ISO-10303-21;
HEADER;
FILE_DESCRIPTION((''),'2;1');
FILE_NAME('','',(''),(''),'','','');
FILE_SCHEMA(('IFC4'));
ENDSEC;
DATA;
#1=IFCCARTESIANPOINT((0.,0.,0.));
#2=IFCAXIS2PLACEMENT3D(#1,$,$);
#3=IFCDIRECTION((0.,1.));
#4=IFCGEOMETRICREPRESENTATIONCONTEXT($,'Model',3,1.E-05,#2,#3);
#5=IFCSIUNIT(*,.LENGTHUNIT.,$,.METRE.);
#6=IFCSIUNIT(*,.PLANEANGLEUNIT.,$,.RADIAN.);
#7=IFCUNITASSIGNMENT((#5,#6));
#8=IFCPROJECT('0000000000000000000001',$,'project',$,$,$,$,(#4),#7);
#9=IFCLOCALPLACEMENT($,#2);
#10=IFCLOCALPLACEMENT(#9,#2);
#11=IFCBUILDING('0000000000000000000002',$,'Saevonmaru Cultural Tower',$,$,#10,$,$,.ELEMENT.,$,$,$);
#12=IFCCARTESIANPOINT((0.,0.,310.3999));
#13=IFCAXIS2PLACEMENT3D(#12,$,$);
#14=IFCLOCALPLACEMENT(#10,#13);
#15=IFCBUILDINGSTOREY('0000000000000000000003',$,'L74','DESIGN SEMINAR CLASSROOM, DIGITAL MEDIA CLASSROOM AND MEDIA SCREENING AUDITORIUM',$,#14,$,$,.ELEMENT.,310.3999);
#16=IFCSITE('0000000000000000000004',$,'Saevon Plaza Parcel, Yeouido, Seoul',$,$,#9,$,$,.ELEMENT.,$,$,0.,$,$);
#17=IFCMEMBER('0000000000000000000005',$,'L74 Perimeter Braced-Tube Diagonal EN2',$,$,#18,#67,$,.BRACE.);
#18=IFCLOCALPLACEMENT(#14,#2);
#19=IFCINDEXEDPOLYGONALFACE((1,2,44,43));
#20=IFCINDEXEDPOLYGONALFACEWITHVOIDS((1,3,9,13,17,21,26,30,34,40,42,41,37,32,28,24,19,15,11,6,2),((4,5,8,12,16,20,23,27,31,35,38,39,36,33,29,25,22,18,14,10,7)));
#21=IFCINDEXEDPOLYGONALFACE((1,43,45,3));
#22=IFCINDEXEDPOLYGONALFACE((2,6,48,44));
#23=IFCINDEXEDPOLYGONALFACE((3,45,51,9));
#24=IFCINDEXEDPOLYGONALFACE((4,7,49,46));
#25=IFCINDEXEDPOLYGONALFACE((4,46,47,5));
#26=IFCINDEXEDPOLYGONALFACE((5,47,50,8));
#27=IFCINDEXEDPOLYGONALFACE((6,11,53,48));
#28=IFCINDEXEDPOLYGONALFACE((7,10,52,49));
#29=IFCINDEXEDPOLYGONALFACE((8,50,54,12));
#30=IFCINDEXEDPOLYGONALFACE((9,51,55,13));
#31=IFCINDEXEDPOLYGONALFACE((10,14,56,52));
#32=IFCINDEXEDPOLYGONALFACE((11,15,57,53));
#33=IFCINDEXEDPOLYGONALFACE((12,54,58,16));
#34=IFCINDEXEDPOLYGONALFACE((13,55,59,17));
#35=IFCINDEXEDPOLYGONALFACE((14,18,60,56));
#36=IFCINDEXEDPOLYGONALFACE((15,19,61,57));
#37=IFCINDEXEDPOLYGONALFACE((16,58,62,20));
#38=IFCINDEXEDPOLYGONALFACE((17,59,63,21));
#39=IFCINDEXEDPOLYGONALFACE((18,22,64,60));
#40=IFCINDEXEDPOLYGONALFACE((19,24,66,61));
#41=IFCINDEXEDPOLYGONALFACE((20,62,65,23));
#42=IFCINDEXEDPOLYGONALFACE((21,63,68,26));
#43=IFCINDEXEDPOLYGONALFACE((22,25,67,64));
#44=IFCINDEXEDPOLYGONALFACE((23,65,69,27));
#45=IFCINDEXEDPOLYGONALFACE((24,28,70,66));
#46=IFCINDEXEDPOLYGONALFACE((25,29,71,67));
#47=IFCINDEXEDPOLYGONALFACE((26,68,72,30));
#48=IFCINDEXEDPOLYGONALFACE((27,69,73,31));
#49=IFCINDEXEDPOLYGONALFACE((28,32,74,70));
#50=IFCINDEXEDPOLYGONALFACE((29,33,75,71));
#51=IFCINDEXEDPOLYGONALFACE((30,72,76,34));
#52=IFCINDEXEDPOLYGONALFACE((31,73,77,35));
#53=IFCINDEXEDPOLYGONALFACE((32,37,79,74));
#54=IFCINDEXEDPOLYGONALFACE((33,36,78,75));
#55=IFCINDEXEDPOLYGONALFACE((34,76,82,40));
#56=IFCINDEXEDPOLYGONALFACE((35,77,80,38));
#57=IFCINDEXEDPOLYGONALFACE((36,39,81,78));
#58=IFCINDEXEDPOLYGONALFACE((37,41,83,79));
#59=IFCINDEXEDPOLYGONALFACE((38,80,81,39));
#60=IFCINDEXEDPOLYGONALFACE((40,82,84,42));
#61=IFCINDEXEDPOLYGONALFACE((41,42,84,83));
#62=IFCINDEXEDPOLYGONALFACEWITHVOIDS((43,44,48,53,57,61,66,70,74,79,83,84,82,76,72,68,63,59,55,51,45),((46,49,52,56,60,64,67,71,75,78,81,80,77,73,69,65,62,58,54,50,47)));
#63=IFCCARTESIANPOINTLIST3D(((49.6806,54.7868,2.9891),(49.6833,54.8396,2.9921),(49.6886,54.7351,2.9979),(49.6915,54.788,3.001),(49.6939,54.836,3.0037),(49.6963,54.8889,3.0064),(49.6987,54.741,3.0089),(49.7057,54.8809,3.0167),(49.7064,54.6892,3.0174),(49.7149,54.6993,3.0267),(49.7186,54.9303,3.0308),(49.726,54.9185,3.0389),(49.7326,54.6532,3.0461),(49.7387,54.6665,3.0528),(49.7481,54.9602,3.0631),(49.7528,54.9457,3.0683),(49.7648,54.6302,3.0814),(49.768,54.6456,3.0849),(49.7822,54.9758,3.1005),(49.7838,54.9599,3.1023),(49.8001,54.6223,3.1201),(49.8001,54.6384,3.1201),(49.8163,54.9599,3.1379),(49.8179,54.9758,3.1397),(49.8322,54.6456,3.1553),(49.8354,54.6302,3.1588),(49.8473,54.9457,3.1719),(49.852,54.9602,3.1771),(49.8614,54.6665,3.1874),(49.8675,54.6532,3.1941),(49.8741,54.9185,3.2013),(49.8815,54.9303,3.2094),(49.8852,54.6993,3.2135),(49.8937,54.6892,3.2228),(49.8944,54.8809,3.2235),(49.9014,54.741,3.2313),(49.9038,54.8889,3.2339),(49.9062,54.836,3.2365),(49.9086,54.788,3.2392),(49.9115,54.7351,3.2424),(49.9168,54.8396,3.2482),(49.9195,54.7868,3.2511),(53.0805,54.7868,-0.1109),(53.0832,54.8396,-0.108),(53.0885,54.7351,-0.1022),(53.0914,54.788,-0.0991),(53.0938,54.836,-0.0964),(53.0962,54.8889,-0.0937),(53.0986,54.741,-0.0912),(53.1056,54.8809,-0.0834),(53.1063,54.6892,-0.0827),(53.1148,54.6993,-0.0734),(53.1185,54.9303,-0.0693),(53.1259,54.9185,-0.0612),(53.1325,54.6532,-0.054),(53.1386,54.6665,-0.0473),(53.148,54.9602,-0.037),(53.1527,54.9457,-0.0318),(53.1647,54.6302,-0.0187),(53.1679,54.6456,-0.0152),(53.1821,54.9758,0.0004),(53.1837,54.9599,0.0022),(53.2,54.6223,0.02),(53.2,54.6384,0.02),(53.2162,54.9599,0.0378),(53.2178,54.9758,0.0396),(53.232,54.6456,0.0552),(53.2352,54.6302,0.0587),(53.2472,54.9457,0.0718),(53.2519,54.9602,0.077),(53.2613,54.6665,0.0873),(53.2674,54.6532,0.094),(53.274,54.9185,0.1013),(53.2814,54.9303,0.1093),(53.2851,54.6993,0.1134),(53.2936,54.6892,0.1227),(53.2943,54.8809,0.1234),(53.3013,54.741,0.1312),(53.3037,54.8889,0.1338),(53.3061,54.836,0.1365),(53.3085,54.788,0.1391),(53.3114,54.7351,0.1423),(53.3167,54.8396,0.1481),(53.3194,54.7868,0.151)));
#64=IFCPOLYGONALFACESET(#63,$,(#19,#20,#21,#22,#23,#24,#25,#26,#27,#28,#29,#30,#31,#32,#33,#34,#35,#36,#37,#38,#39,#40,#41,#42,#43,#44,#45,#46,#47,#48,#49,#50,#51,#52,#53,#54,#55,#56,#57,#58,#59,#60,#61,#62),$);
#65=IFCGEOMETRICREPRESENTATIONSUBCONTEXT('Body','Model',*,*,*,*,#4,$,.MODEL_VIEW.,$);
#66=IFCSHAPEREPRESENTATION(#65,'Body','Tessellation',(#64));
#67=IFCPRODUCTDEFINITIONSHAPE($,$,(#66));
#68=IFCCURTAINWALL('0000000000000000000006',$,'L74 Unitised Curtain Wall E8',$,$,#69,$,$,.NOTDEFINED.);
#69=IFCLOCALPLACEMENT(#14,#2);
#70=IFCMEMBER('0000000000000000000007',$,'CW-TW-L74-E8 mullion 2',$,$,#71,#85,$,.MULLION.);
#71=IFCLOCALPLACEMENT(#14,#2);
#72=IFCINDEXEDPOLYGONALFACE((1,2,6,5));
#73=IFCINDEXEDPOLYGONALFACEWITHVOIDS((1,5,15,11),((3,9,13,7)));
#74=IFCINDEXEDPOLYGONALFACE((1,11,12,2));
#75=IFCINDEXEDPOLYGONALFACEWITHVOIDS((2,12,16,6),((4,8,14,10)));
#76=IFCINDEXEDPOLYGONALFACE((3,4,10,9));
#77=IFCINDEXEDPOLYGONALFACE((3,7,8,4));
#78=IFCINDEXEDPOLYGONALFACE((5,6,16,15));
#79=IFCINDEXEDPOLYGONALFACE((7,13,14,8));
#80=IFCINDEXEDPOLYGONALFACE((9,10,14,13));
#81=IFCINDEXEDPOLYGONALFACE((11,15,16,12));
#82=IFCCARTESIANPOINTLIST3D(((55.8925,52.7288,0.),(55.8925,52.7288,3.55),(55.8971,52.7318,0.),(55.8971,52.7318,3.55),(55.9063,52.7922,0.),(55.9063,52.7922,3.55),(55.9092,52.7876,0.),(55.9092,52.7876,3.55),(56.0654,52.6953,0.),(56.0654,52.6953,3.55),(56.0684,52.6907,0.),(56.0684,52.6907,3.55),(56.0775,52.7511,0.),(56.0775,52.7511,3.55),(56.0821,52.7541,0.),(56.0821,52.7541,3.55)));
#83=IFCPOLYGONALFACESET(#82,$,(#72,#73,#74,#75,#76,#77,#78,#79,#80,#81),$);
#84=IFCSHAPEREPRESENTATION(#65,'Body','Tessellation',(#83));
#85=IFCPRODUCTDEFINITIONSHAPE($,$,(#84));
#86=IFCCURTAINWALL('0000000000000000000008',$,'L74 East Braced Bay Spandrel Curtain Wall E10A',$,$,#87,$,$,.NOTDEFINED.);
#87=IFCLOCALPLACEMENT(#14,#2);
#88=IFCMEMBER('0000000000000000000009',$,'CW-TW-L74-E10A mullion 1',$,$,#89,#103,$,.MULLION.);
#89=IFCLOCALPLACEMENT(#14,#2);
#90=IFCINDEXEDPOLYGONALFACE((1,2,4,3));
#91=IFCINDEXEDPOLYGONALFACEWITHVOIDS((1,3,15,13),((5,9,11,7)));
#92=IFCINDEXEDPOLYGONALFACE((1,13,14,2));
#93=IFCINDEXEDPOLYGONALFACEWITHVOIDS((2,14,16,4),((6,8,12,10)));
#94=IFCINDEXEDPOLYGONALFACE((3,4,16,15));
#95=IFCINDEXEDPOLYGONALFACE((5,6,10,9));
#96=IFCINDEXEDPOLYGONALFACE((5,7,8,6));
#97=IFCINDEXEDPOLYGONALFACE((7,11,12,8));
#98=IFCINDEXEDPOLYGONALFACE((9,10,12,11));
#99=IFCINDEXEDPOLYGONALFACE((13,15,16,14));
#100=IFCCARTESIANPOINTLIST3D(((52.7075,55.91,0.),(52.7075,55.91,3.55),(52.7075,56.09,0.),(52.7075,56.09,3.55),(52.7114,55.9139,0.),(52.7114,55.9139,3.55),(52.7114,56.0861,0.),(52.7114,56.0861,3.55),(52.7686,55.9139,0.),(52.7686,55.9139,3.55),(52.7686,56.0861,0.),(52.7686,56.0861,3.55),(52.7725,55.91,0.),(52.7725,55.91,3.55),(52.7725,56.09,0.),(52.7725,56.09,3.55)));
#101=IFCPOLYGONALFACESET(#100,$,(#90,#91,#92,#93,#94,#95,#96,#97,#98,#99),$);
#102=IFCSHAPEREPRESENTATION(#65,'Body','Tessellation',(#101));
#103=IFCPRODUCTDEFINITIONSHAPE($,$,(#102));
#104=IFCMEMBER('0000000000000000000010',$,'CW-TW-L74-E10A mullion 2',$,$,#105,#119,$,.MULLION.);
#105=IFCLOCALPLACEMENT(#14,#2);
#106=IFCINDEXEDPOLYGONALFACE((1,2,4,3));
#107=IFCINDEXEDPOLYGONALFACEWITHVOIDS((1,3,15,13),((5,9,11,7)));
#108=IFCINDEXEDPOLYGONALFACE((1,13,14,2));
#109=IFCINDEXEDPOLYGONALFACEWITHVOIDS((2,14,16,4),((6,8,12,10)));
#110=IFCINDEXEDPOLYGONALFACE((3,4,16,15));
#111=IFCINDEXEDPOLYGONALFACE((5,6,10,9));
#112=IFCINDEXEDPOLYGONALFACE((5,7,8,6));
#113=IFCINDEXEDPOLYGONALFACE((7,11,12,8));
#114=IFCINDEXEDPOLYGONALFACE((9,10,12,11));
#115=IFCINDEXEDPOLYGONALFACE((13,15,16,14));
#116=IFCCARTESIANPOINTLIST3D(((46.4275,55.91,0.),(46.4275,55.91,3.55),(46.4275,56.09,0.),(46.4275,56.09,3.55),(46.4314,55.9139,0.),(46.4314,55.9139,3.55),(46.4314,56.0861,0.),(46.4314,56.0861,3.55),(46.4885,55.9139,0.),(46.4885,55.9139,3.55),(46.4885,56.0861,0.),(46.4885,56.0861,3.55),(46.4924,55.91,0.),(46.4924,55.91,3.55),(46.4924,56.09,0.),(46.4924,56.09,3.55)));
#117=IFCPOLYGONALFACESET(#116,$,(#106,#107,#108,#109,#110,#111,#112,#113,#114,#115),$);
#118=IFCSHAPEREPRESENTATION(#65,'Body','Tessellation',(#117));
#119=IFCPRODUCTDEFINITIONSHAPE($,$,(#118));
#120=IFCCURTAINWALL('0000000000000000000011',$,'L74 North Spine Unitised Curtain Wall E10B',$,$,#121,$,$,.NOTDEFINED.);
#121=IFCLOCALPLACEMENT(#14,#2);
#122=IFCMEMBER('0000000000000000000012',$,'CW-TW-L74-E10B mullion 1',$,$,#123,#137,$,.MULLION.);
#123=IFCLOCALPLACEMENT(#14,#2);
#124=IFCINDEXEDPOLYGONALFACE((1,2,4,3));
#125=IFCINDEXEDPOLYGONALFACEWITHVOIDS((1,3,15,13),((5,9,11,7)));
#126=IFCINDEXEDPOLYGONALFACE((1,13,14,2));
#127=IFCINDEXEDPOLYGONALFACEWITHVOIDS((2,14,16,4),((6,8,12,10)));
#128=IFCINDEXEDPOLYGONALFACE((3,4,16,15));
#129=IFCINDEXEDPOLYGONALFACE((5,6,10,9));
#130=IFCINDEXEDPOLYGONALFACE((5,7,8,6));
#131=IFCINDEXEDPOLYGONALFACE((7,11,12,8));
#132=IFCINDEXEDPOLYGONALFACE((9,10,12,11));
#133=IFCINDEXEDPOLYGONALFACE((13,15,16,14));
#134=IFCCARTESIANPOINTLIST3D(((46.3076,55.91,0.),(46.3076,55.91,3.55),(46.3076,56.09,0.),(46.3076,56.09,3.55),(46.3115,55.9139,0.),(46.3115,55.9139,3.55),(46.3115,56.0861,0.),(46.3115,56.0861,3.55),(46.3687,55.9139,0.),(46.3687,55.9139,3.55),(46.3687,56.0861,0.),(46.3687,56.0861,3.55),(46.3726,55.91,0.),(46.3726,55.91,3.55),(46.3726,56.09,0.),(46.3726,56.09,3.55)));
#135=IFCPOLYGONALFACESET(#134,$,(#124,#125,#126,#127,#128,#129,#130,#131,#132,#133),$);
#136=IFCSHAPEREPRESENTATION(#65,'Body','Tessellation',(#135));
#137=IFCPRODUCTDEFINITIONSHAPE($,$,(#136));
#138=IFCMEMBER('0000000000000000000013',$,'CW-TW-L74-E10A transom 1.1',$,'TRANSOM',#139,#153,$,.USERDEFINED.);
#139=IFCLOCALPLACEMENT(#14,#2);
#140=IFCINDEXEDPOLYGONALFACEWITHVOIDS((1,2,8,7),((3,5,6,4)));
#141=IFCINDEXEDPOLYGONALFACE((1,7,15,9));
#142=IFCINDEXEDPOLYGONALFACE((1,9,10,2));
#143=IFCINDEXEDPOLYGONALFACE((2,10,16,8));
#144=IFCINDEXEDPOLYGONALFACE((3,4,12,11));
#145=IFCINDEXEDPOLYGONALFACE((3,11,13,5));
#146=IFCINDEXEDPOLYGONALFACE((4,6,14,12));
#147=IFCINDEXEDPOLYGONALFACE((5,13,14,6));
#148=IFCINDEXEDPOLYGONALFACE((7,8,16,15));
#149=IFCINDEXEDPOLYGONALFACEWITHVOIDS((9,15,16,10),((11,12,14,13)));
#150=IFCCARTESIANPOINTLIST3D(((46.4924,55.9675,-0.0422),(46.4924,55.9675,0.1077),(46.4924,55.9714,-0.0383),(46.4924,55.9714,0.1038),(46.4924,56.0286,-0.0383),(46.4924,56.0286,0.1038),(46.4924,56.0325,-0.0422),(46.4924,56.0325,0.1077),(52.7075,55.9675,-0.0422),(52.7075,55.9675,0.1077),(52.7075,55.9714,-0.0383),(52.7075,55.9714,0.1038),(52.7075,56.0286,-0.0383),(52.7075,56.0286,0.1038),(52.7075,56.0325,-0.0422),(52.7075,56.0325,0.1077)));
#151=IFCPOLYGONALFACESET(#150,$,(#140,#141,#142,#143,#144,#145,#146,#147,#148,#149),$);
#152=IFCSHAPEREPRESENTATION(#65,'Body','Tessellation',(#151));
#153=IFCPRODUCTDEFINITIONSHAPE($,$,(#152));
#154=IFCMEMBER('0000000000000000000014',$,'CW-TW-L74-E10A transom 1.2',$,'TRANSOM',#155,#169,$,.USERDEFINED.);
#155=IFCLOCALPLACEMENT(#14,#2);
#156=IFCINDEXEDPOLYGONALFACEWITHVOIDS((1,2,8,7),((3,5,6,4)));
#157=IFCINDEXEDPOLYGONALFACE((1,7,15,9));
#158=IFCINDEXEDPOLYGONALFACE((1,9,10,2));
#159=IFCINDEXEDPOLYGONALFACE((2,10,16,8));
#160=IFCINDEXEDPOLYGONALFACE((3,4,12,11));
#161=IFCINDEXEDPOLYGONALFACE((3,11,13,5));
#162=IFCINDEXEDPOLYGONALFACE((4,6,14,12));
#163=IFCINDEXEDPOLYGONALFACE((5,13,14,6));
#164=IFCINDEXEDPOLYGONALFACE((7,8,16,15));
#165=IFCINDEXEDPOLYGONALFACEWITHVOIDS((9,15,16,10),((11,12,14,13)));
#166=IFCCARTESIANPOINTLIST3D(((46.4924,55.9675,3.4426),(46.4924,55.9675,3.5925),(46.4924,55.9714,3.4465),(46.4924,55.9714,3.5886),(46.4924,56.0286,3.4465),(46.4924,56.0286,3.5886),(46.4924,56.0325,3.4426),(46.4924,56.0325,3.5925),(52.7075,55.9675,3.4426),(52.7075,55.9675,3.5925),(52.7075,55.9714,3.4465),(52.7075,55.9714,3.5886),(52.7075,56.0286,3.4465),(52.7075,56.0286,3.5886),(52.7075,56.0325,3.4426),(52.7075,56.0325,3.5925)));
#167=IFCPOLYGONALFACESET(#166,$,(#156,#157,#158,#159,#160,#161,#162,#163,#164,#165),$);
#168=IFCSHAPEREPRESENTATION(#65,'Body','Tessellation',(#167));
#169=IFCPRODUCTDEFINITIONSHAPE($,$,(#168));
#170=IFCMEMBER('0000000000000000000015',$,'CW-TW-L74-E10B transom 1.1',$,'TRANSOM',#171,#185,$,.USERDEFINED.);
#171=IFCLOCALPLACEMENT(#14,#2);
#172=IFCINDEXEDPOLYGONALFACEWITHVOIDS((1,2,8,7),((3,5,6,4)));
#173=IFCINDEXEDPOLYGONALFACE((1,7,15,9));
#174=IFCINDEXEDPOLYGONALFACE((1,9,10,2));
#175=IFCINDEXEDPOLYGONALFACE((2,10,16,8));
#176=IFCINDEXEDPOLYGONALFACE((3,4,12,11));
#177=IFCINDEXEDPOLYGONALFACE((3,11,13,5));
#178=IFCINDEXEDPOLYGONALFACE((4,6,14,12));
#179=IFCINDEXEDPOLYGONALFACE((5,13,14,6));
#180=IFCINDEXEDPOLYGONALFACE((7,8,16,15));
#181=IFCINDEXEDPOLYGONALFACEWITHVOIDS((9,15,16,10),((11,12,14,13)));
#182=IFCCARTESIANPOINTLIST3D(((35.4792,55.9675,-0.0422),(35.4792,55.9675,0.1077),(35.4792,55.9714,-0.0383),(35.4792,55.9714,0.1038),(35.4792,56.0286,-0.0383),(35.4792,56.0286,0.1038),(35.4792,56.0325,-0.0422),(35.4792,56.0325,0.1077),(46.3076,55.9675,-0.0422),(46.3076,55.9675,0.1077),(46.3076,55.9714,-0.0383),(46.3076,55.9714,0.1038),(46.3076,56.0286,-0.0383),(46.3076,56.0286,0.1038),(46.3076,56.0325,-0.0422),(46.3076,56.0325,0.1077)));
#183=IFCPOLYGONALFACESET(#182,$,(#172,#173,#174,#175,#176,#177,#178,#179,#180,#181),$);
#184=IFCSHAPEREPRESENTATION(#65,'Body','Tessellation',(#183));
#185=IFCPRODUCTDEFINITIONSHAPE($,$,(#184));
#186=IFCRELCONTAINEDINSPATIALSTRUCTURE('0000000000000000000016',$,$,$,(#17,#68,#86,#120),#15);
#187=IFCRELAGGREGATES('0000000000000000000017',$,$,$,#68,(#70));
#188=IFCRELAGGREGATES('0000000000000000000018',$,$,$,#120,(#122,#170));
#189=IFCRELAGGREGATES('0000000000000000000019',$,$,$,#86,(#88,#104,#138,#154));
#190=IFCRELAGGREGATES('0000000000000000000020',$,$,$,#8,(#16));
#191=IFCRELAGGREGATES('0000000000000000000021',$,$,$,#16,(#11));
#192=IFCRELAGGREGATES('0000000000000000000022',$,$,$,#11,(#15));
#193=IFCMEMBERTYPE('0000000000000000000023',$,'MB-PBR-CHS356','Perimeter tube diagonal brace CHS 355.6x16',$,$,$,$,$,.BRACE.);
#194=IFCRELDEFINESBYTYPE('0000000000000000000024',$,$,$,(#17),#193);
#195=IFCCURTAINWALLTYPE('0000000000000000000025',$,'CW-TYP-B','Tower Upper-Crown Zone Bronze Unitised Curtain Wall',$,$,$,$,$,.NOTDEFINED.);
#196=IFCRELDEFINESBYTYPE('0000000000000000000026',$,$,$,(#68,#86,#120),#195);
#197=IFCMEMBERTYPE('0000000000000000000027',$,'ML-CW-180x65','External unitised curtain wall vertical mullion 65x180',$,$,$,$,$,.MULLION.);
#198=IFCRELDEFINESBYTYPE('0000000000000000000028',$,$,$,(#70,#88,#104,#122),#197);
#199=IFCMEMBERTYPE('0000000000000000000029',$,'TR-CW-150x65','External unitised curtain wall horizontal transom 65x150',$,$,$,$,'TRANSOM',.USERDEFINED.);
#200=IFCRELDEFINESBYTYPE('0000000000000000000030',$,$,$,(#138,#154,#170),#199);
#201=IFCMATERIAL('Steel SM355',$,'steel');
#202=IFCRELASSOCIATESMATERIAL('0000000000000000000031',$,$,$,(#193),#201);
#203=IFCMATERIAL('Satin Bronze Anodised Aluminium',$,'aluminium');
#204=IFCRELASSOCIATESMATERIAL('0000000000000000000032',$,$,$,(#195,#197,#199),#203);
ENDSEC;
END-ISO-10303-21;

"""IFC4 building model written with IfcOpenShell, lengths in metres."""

from ifc_helpers import new_model, si_unit, direction, frame, origin, origin_2d, place, context, subcontext, project, spatial, hollow_rectangle, hollow_circle, extrude, material, material_profile, profile_set, type_object, element, aggregate, save


model = new_model("IFC4")

# Units and contexts
model_context = context("Model", 3, precision=1e-05, world=origin(), true_north=direction((0.0, 1.0)))
body_context = subcontext(model_context, "Body", "Model", "MODEL_VIEW")
ifc_project = project(units=[si_unit("LENGTHUNIT", "METRE"), si_unit("PLANEANGLEUNIT", "RADIAN")], contexts=[model_context])

# Site, building, storey
site_placement = place(None, origin())
site = spatial("IfcSite", under=ifc_project, at=site_placement, Name="Saevon Plaza Parcel, Yeouido, Seoul", CompositionType="ELEMENT", RefElevation=0.0)
building_placement = place(site_placement, origin())
building = spatial("IfcBuilding", under=site, at=building_placement, Name="Saevonmaru Cultural Tower", CompositionType="ELEMENT")
storey_placement = place(building_placement, frame((0.0, 0.0, 310.3999)))
storey = spatial("IfcBuildingStorey", under=building, at=storey_placement, Name="L74", Description="DESIGN SEMINAR CLASSROOM, DIGITAL MEDIA CLASSROOM AND MEDIA SCREENING AUDITORIUM", CompositionType="ELEMENT", Elevation=310.3999)

# Shared definitions
ifc_material_1 = material(Name="Steel SM355", Category="steel")

# Member
ifc_material_profile_1 = material_profile(ifc_material_1, hollow_circle(Radius=0.1777, WallThickness=0.0161, at=origin_2d()), Name="CHS-355.6x16")
ifc_profile_set_1 = profile_set([ifc_material_profile_1], Name="Steel SM355")
member_type_1 = type_object("IfcMemberType", Name="MB-PBR-CHS356", Description="Perimeter tube diagonal brace CHS 355.6x16", PredefinedType="BRACE", material=ifc_profile_set_1)
member_1_placement = place(storey_placement, frame((53.2, 54.8, 0.02), z_axis=(-0.738936, 0.0, 0.673776), x_axis=(0.0, -1.0, 0.0)))
element("IfcMember", 1, at=member_1_placement, inside=storey, type_object=member_type_1, Name="L74 Perimeter Braced-Tube Diagonal EN2", PredefinedType="BRACE", context=body_context, shape_type="SweptSolid", body=[
    extrude(hollow_circle(Radius=0.1777, WallThickness=0.0161, at=origin_2d()), origin(), (0.0, 0.0, 1.0), 4.6011),
])

# Curtain wall, member
ifc_material_2 = material(Name="Satin Bronze Anodised Aluminium", Category="aluminium")
curtain_wall_type = type_object("IfcCurtainWallType", Name="CW-TYP-B", Description="Tower Upper-Crown Zone Bronze Unitised Curtain Wall", PredefinedType="NOTDEFINED", material=ifc_material_2)
curtain_wall_1_placement = place(storey_placement, origin())
curtain_wall_1 = element("IfcCurtainWall", 2, at=curtain_wall_1_placement, inside=storey, type_object=curtain_wall_type, Name="L74 Unitised Curtain Wall E8", PredefinedType="NOTDEFINED")
ifc_material_profile_2 = material_profile(ifc_material_2, hollow_rectangle(XDim=0.0649, YDim=0.1799, WallThickness=0.0039, at=origin_2d()), Name="ALU-MULL-180x65x4")
ifc_profile_set_2 = profile_set([ifc_material_profile_2], Name="Satin Bronze Anodised Aluminium")
member_type_2 = type_object("IfcMemberType", Name="ML-CW-180x65", Description="External unitised curtain wall vertical mullion 65x180", PredefinedType="MULLION", material=ifc_profile_set_2)
member_2_placement = place(storey_placement, frame((55.9873, 52.7415, 0.0), z_axis=(0.0, 0.0, 1.0), x_axis=(0.21175, 0.977324, 0.0)))
member_2 = element("IfcMember", 3, at=member_2_placement, type_object=member_type_2, Name="CW-TW-L74-E8 mullion 2", PredefinedType="MULLION", context=body_context, shape_type="SweptSolid", body=[
    extrude(hollow_rectangle(XDim=0.0649, YDim=0.1799, WallThickness=0.0039, at=origin_2d()), origin(), (0.0, 0.0, 1.0), 3.55),
])
aggregate(curtain_wall_1, [member_2])

# Curtain wall, members
curtain_wall_2_placement = place(storey_placement, origin())
curtain_wall_2 = element("IfcCurtainWall", 4, at=curtain_wall_2_placement, inside=storey, type_object=curtain_wall_type, Name="L74 East Braced Bay Spandrel Curtain Wall E10A", PredefinedType="NOTDEFINED")
member_3_placement = place(storey_placement, frame((52.74, 56.0, 0.0), z_axis=(0.0, 0.0, 1.0), x_axis=(-1.0, 0.0, 0.0)))
member_3 = element("IfcMember", 5, at=member_3_placement, type_object=member_type_2, Name="CW-TW-L74-E10A mullion 1", PredefinedType="MULLION", context=body_context, shape_type="SweptSolid", body=[
    extrude(hollow_rectangle(XDim=0.0649, YDim=0.1799, WallThickness=0.0039, at=origin_2d()), origin(), (0.0, 0.0, 1.0), 3.55),
])
member_4_placement = place(storey_placement, frame((46.46, 56.0, 0.0), z_axis=(0.0, 0.0, 1.0), x_axis=(-1.0, 0.0, 0.0)))
member_4 = element("IfcMember", 6, at=member_4_placement, type_object=member_type_2, Name="CW-TW-L74-E10A mullion 2", PredefinedType="MULLION", context=body_context, shape_type="SweptSolid", body=[
    extrude(hollow_rectangle(XDim=0.0649, YDim=0.1799, WallThickness=0.0039, at=origin_2d()), origin(), (0.0, 0.0, 1.0), 3.55),
])

# Curtain wall, member
curtain_wall_3_placement = place(storey_placement, origin())
curtain_wall_3 = element("IfcCurtainWall", 7, at=curtain_wall_3_placement, inside=storey, type_object=curtain_wall_type, Name="L74 North Spine Unitised Curtain Wall E10B", PredefinedType="NOTDEFINED")
member_5_placement = place(storey_placement, frame((46.3401, 56.0, 0.0), z_axis=(0.0, 0.0, 1.0), x_axis=(-1.0, 0.0, 0.0)))
member_5 = element("IfcMember", 8, at=member_5_placement, type_object=member_type_2, Name="CW-TW-L74-E10B mullion 1", PredefinedType="MULLION", context=body_context, shape_type="SweptSolid", body=[
    extrude(hollow_rectangle(XDim=0.0649, YDim=0.1799, WallThickness=0.0039, at=origin_2d()), origin(), (0.0, 0.0, 1.0), 3.55),
])

# Members
ifc_material_profile_3 = material_profile(ifc_material_2, hollow_rectangle(XDim=0.0649, YDim=0.1499, WallThickness=0.0039, at=origin_2d()), Name="ALU-TRAN-150x65x4")
ifc_profile_set_3 = profile_set([ifc_material_profile_3], Name="Satin Bronze Anodised Aluminium")
member_type_3 = type_object("IfcMemberType", Name="TR-CW-150x65", Description="External unitised curtain wall horizontal transom 65x150", ElementType="TRANSOM", PredefinedType="USERDEFINED", material=ifc_profile_set_3)
member_6_placement = place(storey_placement, frame((52.7075, 56.0, 0.0327), z_axis=(-1.0, 0.0, 0.0), x_axis=(0.0, -1.0, 0.0)))
member_6 = element("IfcMember", 9, at=member_6_placement, type_object=member_type_3, Name="CW-TW-L74-E10A transom 1.1", ObjectType="TRANSOM", PredefinedType="USERDEFINED", context=body_context, shape_type="SweptSolid", body=[
    extrude(hollow_rectangle(XDim=0.0649, YDim=0.1499, WallThickness=0.0039, at=origin_2d()), origin(), (0.0, 0.0, 1.0), 6.2151),
])
member_7_placement = place(storey_placement, frame((52.7075, 56.0, 3.5176), z_axis=(-1.0, 0.0, 0.0), x_axis=(0.0, -1.0, 0.0)))
member_7 = element("IfcMember", 10, at=member_7_placement, type_object=member_type_3, Name="CW-TW-L74-E10A transom 1.2", ObjectType="TRANSOM", PredefinedType="USERDEFINED", context=body_context, shape_type="SweptSolid", body=[
    extrude(hollow_rectangle(XDim=0.0649, YDim=0.1499, WallThickness=0.0039, at=origin_2d()), origin(), (0.0, 0.0, 1.0), 6.2151),
])
member_8_placement = place(storey_placement, frame((46.3076, 56.0, 0.0327), z_axis=(-1.0, 0.0, 0.0), x_axis=(0.0, -1.0, 0.0)))
member_8 = element("IfcMember", 11, at=member_8_placement, type_object=member_type_3, Name="CW-TW-L74-E10B transom 1.1", ObjectType="TRANSOM", PredefinedType="USERDEFINED", context=body_context, shape_type="SweptSolid", body=[
    extrude(hollow_rectangle(XDim=0.0649, YDim=0.1499, WallThickness=0.0039, at=origin_2d()), origin(), (0.0, 0.0, 1.0), 10.8284),
])
aggregate(curtain_wall_3, [member_5, member_8])

aggregate(curtain_wall_2, [member_3, member_4, member_6, member_7])

save(model, "model.ifc")
